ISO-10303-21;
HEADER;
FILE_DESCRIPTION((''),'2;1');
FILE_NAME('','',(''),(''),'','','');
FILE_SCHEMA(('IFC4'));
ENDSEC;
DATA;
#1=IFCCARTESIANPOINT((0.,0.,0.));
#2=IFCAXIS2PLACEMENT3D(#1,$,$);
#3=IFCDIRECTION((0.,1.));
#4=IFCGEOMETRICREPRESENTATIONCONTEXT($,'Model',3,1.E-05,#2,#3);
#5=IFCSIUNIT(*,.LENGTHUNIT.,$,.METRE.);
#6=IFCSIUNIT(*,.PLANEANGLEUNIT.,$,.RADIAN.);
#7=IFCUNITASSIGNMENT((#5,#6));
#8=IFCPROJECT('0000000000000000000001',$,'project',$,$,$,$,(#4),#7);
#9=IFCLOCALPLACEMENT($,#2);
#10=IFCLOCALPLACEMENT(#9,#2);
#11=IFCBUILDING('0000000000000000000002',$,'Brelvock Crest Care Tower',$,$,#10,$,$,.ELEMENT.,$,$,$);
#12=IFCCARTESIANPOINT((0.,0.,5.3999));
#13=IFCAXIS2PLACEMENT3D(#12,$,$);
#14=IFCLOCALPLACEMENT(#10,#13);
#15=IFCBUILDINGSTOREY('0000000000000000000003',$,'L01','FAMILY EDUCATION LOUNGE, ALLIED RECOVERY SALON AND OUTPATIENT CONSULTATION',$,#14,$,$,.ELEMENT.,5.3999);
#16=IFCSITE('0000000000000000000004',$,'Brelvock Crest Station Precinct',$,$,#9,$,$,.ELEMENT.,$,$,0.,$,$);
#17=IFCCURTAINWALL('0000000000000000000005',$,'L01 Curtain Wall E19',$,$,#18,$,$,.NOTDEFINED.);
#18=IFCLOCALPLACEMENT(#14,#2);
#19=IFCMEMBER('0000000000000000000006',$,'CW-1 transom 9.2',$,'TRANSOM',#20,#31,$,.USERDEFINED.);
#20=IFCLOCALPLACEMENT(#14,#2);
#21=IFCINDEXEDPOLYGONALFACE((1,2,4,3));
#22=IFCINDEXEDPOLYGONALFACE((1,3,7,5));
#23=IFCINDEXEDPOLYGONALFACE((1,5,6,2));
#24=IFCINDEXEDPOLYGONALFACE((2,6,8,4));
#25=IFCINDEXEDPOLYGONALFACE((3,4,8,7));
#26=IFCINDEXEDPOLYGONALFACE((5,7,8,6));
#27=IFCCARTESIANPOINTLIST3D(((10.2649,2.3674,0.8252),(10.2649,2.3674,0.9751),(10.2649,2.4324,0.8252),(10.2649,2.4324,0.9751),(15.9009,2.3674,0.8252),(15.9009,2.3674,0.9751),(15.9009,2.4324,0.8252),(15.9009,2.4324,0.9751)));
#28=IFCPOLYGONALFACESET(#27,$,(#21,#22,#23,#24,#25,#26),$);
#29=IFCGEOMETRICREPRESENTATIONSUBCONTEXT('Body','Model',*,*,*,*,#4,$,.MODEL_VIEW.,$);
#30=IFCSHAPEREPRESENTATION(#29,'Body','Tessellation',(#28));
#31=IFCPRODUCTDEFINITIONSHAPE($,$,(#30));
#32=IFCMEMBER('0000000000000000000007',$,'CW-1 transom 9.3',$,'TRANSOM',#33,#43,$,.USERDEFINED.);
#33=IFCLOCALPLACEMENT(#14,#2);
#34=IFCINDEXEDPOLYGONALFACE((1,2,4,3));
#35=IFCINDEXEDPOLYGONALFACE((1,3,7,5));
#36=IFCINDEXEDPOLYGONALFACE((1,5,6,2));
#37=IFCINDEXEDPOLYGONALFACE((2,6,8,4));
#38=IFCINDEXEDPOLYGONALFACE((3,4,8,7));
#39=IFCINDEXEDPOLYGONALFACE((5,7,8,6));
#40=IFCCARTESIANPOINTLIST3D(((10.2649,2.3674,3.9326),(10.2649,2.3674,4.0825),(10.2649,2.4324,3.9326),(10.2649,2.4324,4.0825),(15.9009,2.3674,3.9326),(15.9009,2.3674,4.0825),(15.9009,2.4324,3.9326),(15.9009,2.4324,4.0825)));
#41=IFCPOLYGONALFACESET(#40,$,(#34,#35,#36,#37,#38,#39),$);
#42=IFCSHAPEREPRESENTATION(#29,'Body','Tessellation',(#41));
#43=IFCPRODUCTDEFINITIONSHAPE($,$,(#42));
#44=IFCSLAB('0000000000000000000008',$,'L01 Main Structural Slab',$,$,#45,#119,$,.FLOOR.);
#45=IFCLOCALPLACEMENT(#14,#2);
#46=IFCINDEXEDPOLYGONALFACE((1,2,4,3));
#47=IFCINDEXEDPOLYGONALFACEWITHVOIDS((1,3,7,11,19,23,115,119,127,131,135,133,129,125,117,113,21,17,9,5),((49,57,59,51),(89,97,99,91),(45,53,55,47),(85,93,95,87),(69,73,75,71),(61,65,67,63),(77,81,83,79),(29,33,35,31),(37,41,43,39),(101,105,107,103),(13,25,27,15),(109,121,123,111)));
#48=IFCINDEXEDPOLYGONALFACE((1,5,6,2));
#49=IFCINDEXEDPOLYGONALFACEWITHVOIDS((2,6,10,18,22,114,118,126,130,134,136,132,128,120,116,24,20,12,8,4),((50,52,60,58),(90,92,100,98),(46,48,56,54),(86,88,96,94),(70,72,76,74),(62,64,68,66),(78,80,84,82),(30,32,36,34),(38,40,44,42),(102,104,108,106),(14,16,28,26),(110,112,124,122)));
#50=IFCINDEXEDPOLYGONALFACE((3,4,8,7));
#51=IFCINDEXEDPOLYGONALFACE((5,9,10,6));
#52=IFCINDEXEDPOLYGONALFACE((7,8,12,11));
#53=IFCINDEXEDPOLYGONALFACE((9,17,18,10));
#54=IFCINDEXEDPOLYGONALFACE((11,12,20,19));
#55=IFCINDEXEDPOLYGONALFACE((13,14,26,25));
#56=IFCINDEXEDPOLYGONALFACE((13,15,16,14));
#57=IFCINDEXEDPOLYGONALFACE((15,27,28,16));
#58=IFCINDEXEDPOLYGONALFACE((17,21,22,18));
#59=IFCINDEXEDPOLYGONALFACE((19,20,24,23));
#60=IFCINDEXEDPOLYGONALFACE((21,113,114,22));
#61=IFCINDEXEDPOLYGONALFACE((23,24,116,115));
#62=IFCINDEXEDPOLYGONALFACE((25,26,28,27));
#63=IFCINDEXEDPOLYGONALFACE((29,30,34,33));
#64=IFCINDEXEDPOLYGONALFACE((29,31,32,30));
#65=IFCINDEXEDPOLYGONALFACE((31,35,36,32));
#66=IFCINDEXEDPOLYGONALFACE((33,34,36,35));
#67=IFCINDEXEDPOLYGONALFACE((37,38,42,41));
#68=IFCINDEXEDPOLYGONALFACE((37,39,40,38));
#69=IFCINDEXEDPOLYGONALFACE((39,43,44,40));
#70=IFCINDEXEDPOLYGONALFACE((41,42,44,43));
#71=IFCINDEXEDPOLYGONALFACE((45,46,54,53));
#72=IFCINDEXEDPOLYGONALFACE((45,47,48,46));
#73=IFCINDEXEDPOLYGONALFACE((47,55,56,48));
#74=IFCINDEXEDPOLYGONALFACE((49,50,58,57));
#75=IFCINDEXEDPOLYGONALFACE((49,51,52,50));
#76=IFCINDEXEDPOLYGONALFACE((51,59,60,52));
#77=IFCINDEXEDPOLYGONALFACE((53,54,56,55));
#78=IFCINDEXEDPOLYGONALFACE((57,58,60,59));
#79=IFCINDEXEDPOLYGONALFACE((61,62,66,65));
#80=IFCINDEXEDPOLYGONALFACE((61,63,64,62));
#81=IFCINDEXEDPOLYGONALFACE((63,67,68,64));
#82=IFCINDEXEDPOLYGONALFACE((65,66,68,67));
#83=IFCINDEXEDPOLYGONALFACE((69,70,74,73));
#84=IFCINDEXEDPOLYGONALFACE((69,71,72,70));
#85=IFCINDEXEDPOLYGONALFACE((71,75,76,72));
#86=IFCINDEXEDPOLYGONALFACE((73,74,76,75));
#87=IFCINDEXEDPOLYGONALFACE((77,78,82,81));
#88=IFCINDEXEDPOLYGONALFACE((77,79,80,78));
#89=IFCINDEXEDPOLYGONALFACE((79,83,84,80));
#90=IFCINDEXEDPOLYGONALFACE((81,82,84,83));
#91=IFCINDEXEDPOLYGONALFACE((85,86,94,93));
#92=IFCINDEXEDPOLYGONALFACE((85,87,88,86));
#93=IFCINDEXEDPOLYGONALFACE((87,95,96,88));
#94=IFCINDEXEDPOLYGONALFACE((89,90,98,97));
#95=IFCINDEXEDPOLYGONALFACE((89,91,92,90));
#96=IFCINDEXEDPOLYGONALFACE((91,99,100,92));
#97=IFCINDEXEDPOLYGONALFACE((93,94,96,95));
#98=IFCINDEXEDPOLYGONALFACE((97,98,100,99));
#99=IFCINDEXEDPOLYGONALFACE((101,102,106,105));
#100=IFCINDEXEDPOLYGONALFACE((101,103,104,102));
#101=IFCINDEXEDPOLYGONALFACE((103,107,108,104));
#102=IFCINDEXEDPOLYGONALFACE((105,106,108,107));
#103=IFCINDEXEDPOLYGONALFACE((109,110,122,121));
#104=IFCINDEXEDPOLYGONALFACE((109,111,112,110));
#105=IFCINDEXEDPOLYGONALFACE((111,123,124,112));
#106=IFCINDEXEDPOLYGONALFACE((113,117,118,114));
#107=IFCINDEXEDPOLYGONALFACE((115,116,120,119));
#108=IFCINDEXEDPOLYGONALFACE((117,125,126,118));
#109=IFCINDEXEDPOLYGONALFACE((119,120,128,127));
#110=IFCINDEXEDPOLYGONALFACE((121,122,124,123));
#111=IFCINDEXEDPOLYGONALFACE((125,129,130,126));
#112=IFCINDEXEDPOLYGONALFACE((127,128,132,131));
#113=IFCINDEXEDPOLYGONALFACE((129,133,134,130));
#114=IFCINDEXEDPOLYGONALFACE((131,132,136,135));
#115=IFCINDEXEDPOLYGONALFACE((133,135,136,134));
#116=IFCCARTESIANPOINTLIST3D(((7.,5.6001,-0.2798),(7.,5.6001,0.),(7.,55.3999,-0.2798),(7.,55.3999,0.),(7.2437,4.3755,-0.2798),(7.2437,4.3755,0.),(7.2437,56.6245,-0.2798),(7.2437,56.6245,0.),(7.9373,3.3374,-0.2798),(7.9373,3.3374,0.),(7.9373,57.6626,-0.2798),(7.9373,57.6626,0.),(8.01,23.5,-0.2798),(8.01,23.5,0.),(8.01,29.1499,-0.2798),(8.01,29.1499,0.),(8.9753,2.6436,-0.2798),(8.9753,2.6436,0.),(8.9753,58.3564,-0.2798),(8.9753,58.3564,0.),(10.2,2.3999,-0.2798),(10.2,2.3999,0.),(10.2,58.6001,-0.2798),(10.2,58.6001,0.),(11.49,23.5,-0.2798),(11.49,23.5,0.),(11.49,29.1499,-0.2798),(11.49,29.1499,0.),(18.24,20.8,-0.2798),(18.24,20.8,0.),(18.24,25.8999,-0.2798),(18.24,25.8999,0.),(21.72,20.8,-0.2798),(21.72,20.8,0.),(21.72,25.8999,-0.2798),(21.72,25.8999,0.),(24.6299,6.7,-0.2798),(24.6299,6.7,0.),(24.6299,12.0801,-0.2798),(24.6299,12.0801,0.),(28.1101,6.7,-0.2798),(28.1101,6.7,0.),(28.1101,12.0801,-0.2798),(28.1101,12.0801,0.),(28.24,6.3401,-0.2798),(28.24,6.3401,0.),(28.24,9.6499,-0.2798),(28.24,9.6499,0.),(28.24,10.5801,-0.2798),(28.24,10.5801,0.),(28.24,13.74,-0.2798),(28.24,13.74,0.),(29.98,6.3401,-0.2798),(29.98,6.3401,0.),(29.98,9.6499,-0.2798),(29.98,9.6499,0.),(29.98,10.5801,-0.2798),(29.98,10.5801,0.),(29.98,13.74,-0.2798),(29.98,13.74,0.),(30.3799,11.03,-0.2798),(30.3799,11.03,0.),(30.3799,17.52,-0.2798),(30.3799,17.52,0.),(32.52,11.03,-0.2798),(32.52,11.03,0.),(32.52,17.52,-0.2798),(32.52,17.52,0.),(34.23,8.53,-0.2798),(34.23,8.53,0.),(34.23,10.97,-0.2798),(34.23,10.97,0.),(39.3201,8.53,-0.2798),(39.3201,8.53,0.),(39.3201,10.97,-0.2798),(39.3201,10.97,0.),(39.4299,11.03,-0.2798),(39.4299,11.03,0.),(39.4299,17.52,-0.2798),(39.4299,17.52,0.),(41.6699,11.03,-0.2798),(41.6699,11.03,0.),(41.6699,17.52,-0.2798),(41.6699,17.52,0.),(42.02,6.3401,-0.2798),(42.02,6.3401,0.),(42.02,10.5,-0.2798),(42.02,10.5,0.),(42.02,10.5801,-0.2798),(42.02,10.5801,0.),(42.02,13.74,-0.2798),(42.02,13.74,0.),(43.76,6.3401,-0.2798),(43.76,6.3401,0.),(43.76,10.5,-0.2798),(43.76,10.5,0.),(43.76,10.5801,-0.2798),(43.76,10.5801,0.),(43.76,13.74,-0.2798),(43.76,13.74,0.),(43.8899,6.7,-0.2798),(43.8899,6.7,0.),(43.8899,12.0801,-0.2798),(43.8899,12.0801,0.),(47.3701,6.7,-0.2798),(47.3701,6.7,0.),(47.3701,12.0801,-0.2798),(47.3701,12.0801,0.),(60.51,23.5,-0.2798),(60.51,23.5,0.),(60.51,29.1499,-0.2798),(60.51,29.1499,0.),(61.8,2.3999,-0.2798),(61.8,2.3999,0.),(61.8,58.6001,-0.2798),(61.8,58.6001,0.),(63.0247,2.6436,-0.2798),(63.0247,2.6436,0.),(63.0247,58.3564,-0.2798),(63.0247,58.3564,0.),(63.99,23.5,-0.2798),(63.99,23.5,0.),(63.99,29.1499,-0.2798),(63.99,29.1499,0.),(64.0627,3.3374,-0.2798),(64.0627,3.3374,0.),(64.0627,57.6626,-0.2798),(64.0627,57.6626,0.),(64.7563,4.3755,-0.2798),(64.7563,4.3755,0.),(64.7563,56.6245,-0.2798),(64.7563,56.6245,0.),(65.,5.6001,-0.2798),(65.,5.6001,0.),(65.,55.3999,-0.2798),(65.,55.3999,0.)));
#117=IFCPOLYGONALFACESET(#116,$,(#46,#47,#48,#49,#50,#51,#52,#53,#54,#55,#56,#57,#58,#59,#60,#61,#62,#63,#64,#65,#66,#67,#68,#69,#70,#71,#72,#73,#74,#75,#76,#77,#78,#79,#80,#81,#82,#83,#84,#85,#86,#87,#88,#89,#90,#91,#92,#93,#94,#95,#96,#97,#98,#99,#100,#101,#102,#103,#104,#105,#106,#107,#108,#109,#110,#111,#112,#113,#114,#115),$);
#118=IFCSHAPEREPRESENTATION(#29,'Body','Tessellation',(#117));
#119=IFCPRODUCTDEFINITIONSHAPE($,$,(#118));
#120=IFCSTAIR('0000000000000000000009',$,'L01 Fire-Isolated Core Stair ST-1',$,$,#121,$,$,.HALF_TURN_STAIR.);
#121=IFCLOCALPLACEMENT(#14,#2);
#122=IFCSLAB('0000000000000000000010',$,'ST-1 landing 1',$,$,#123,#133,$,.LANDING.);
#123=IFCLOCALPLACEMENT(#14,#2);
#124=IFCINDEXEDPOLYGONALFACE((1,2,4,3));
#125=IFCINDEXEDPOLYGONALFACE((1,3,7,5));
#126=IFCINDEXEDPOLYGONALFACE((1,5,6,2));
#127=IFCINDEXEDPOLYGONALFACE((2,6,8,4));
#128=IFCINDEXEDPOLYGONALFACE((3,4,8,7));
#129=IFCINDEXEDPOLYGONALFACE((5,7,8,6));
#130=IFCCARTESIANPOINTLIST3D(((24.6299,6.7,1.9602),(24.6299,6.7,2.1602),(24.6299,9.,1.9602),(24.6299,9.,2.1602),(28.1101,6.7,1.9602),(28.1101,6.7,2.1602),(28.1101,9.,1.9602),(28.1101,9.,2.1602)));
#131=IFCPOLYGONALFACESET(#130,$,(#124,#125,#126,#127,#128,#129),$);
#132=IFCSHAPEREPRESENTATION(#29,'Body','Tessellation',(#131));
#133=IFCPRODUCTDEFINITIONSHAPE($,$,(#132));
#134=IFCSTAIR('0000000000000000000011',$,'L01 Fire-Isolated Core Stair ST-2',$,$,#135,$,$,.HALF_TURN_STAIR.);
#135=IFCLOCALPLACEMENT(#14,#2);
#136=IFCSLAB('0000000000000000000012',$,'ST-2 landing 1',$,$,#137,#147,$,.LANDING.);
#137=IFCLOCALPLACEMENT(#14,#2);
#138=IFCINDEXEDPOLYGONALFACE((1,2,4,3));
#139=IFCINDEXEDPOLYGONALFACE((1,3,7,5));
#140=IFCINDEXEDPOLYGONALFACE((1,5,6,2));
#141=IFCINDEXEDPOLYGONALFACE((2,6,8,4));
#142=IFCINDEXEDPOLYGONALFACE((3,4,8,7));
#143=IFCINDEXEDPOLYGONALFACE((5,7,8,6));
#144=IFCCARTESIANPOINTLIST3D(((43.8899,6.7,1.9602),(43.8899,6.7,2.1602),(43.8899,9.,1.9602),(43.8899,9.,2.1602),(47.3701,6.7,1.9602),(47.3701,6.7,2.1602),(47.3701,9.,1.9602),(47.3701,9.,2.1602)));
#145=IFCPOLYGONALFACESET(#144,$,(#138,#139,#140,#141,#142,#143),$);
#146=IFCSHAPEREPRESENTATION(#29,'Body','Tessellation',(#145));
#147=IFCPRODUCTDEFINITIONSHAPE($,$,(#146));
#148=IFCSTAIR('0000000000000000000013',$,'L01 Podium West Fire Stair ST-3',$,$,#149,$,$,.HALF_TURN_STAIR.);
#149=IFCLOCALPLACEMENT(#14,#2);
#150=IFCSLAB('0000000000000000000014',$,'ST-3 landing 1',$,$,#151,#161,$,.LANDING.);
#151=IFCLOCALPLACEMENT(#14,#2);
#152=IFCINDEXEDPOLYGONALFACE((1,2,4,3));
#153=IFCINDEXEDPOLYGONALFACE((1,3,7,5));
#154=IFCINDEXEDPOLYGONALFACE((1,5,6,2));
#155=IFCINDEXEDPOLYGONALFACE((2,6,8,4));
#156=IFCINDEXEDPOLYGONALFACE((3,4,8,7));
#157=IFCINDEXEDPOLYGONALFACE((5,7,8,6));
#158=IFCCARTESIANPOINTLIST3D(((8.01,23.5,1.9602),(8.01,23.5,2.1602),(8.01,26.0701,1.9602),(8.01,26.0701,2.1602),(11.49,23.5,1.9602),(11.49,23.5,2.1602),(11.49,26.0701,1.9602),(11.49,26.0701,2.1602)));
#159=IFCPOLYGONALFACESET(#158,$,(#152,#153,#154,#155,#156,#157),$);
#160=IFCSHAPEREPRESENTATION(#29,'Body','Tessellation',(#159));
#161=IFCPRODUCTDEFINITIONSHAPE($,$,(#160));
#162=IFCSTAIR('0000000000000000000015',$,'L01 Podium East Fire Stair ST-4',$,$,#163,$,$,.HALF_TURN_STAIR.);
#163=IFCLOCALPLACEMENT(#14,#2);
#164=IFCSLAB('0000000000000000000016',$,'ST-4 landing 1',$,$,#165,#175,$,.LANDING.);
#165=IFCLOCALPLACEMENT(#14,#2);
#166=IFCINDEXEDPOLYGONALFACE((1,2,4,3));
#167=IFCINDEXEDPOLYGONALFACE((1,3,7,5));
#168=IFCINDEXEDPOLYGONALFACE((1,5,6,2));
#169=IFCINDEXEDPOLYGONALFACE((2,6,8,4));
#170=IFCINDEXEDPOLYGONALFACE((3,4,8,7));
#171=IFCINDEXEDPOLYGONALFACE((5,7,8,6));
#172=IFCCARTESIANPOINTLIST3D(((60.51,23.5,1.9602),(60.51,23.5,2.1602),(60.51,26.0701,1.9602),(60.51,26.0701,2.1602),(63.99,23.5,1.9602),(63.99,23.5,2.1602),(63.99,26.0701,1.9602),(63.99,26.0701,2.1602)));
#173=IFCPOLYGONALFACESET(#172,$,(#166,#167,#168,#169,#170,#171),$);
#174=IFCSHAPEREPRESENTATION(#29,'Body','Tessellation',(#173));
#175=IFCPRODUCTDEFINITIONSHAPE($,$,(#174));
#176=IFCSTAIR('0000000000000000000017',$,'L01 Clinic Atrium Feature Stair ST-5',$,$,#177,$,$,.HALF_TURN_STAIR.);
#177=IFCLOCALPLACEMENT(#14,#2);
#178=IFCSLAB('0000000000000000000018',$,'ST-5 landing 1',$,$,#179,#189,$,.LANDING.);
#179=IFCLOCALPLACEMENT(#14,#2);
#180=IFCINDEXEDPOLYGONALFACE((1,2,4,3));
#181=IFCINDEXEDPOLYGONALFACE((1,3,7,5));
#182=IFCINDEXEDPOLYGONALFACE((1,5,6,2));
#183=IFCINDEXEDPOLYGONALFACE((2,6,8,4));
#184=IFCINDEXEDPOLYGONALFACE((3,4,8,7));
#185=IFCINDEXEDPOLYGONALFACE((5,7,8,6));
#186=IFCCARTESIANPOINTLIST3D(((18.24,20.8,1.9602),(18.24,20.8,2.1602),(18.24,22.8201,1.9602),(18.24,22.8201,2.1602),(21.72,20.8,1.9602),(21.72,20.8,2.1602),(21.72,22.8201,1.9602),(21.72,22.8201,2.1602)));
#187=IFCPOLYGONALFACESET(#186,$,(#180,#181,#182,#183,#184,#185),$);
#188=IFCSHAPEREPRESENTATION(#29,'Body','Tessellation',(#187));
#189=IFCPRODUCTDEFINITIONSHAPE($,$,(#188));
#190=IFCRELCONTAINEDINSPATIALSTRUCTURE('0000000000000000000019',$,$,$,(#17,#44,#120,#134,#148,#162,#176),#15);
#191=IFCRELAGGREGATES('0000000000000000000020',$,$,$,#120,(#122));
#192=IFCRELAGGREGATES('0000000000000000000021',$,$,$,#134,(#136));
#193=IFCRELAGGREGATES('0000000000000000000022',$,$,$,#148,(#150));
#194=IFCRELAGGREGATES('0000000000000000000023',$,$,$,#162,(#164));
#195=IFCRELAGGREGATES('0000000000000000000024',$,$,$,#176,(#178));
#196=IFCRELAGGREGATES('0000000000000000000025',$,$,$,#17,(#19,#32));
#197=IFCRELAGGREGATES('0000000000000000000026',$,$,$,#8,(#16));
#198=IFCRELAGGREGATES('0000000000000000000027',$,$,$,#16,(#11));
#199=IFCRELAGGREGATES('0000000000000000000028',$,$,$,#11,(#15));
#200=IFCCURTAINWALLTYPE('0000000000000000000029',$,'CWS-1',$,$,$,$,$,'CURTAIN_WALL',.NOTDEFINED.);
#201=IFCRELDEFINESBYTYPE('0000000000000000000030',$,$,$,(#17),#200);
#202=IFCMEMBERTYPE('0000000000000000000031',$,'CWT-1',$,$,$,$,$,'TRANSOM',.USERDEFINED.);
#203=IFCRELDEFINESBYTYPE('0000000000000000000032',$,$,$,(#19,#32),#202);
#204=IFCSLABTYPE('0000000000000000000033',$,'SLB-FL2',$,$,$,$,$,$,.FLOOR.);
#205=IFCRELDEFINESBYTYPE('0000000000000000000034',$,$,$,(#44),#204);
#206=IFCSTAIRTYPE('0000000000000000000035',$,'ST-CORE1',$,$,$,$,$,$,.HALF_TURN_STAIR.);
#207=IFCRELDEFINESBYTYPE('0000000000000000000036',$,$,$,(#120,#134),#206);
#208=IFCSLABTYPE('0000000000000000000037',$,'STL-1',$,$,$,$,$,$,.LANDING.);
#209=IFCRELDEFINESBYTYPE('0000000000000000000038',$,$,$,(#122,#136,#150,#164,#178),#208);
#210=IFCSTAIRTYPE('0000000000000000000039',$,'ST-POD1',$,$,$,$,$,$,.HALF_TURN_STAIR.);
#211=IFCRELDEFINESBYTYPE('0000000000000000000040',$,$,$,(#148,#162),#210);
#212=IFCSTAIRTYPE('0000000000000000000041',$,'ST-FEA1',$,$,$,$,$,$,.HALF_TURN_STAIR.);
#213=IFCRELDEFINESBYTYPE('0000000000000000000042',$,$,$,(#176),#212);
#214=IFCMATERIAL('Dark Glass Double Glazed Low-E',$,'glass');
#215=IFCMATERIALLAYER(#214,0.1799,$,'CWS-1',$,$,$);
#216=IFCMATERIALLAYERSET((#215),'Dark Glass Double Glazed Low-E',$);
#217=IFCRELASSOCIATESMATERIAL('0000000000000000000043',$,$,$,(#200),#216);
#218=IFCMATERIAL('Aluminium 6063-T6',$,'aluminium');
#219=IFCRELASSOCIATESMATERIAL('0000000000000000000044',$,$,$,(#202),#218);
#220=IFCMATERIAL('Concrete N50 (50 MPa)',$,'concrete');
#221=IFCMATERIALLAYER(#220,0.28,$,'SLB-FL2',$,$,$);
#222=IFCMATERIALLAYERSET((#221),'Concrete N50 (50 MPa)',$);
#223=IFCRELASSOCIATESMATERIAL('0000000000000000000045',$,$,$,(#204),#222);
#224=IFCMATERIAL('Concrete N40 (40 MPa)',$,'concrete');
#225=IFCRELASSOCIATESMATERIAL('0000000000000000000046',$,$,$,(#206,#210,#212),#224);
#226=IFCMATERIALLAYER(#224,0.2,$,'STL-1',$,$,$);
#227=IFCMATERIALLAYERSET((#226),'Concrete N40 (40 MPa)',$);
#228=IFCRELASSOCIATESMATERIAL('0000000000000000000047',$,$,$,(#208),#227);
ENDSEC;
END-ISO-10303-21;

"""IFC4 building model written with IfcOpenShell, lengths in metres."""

from ifc_helpers import new_model, si_unit, direction, frame, origin, origin_2d, place, context, subcontext, project, spatial, polyline, rectangle, outline, extrude, source, transform, mapped, material, layer, layer_set, material_profile, profile_set, type_object, element, aggregate, save


model = new_model("IFC4")

# Units and contexts
model_context = context("Model", 3, precision=1e-05, world=origin(), true_north=direction((0.0, 1.0)))
body_context = subcontext(model_context, "Body", "Model", "MODEL_VIEW")
ifc_project = project(units=[si_unit("LENGTHUNIT", "METRE"), si_unit("PLANEANGLEUNIT", "RADIAN")], contexts=[model_context])

# Site, building, storey
site_placement = place(None, origin())
site = spatial("IfcSite", under=ifc_project, at=site_placement, Name="Brelvock Crest Station Precinct", CompositionType="ELEMENT", RefElevation=0.0)
building_placement = place(site_placement, origin())
building = spatial("IfcBuilding", under=site, at=building_placement, Name="Brelvock Crest Care Tower", CompositionType="ELEMENT")
storey_placement = place(building_placement, frame((0.0, 0.0, 5.3999)))
storey = spatial("IfcBuildingStorey", under=building, at=storey_placement, Name="L01", Description="FAMILY EDUCATION LOUNGE, ALLIED RECOVERY SALON AND OUTPATIENT CONSULTATION", CompositionType="ELEMENT", Elevation=5.3999)

# Curtain wall
ifc_material_1 = material(Name="Dark Glass Double Glazed Low-E", Category="glass")
ifc_layer_1 = layer(ifc_material_1, 0.1799, Name="CWS-1")
ifc_layer_set_1 = layer_set([ifc_layer_1], Name="Dark Glass Double Glazed Low-E")
curtain_wall_type = type_object("IfcCurtainWallType", Name="CWS-1", ElementType="CURTAIN_WALL", PredefinedType="NOTDEFINED", material=ifc_layer_set_1)
ifc_material_2 = material(Name="Aluminium 6063-T6", Category="aluminium")
curtain_wall_1_placement = place(storey_placement, origin())
curtain_wall_1 = element("IfcCurtainWall", 1, at=curtain_wall_1_placement, inside=storey, type_object=curtain_wall_type, Name="L01 Curtain Wall E19", PredefinedType="NOTDEFINED")

# Members
ifc_material_profile_1 = material_profile(ifc_material_2, rectangle(XDim=0.0649, YDim=0.1499, at=origin_2d()), Name="ALU65x150")
ifc_profile_set_1 = profile_set([ifc_material_profile_1], Name="Aluminium 6063-T6")
member_type_1 = type_object("IfcMemberType", Name="CWT-1", ElementType="TRANSOM", PredefinedType="USERDEFINED", material=ifc_profile_set_1)
shared_shape_1 = source(origin(), body_context, "Body", "SweptSolid", [
    extrude(rectangle(XDim=0.0649, YDim=0.1499, at=origin_2d()), origin(), (0.0, 0.0, 1.0), 5.636),
])
member_1_placement = place(storey_placement, frame((15.9009, 2.3999, 0.9001), z_axis=(-1.0, 0.0, 0.0), x_axis=(0.0, -1.0, 0.0)))
member_1 = element("IfcMember", 2, at=member_1_placement, type_object=member_type_1, Name="CW-1 transom 9.2", ObjectType="TRANSOM", PredefinedType="USERDEFINED", context=body_context, shape_type="MappedRepresentation", body=[
    mapped(shared_shape_1, transform((0.0, 0.0, 0.0), x_axis=(1.0, 0.0, 0.0), y_axis=(0.0, 1.0, 0.0), z_axis=(0.0, 0.0, 1.0), scale=1.0)),
])
member_2_placement = place(storey_placement, frame((15.9009, 2.3999, 4.0076), z_axis=(-1.0, 0.0, 0.0), x_axis=(0.0, -1.0, 0.0)))
member_2 = element("IfcMember", 3, at=member_2_placement, type_object=member_type_1, Name="CW-1 transom 9.3", ObjectType="TRANSOM", PredefinedType="USERDEFINED", context=body_context, shape_type="MappedRepresentation", body=[
    mapped(shared_shape_1, transform((0.0, 0.0, 0.0), x_axis=(1.0, 0.0, 0.0), y_axis=(0.0, 1.0, 0.0), z_axis=(0.0, 0.0, 1.0), scale=1.0)),
])

# Slab
ifc_material_3 = material(Name="Concrete N50 (50 MPa)", Category="concrete")
ifc_layer_2 = layer(ifc_material_3, 0.28, Name="SLB-FL2")
ifc_layer_set_2 = layer_set([ifc_layer_2], Name="Concrete N50 (50 MPa)")
slab_type_1 = type_object("IfcSlabType", Name="SLB-FL2", PredefinedType="FLOOR", material=ifc_layer_set_2)
slab_1_placement = place(storey_placement, frame((0.0, 0.0, -0.2798)))
element("IfcSlab", 4, at=slab_1_placement, inside=storey, type_object=slab_type_1, Name="L01 Main Structural Slab", PredefinedType="FLOOR", context=body_context, shape_type="SweptSolid", body=[
    extrude(outline(polyline([(61.8, 2.3999), (63.0247, 2.6436), (64.0627, 3.3374), (64.7563, 4.3755), (65.0, 5.6001), (65.0, 55.3999), (64.7563, 56.6245), (64.0627, 57.6626), (63.0247, 58.3564), (61.8, 58.6001), (10.2, 58.6001), (8.9753, 58.3564), (7.9373, 57.6626), (7.2437, 56.6245), (7.0, 55.3999), (7.0, 5.6001), (7.2437, 4.3755), (7.9373, 3.3374), (8.9753, 2.6436), (10.2, 2.3999), (61.8, 2.3999)]), holes=[polyline([(28.24, 10.5801), (29.98, 10.5801), (29.98, 13.74), (28.24, 13.74), (28.24, 10.5801)]), polyline([(42.02, 10.5801), (43.76, 10.5801), (43.76, 13.74), (42.02, 13.74), (42.02, 10.5801)]), polyline([(28.24, 6.3401), (29.98, 6.3401), (29.98, 9.6499), (28.24, 9.6499), (28.24, 6.3401)]), polyline([(24.6299, 12.0801), (24.6299, 6.7), (28.1101, 6.7), (28.1101, 12.0801), (24.6299, 12.0801)]), polyline([(43.8899, 12.0801), (43.8899, 6.7), (47.3701, 6.7), (47.3701, 12.0801), (43.8899, 12.0801)]), polyline([(8.01, 29.1499), (8.01, 23.5), (11.49, 23.5), (11.49, 29.1499), (8.01, 29.1499)]), polyline([(60.51, 29.1499), (60.51, 23.5), (63.99, 23.5), (63.99, 29.1499), (60.51, 29.1499)]), polyline([(18.24, 25.8999), (18.24, 20.8), (21.72, 20.8), (21.72, 25.8999), (18.24, 25.8999)]), polyline([(42.02, 6.3401), (43.76, 6.3401), (43.76, 10.5), (42.02, 10.5), (42.02, 6.3401)]), polyline([(30.3799, 11.03), (32.52, 11.03), (32.52, 17.52), (30.3799, 17.52), (30.3799, 11.03)]), polyline([(34.23, 8.53), (39.3201, 8.53), (39.3201, 10.97), (34.23, 10.97), (34.23, 8.53)]), polyline([(39.4299, 11.03), (41.6699, 11.03), (41.6699, 17.52), (39.4299, 17.52), (39.4299, 11.03)])]), origin(), (0.0, 0.0, 1.0), 0.2798),
])

# Stairs, slabs
ifc_material_4 = material(Name="Concrete N40 (40 MPa)", Category="concrete")
stair_type_1 = type_object("IfcStairType", Name="ST-CORE1", PredefinedType="HALF_TURN_STAIR", material=ifc_material_4)
stair_1_placement = place(storey_placement, origin())
stair_1 = element("IfcStair", 5, at=stair_1_placement, inside=storey, type_object=stair_type_1, Name="L01 Fire-Isolated Core Stair ST-1", PredefinedType="HALF_TURN_STAIR")
ifc_layer_3 = layer(ifc_material_4, 0.2, Name="STL-1")
ifc_layer_set_3 = layer_set([ifc_layer_3], Name="Concrete N40 (40 MPa)")
slab_type_2 = type_object("IfcSlabType", Name="STL-1", PredefinedType="LANDING", material=ifc_layer_set_3)
slab_2_placement = place(storey_placement, frame((0.0, 0.0, 1.9602)))
slab_2 = element("IfcSlab", 6, at=slab_2_placement, type_object=slab_type_2, Name="ST-1 landing 1", PredefinedType="LANDING", context=body_context, shape_type="SweptSolid", body=[
    extrude(outline(polyline([(24.6299, 9.0), (24.6299, 6.7), (28.1101, 6.7), (28.1101, 9.0), (24.6299, 9.0)])), origin(), (0.0, 0.0, 1.0), 0.2),
])
aggregate(stair_1, [slab_2])
stair_2_placement = place(storey_placement, origin())
stair_2 = element("IfcStair", 7, at=stair_2_placement, inside=storey, type_object=stair_type_1, Name="L01 Fire-Isolated Core Stair ST-2", PredefinedType="HALF_TURN_STAIR")
slab_3_placement = place(storey_placement, frame((0.0, 0.0, 1.9602)))
slab_3 = element("IfcSlab", 8, at=slab_3_placement, type_object=slab_type_2, Name="ST-2 landing 1", PredefinedType="LANDING", context=body_context, shape_type="SweptSolid", body=[
    extrude(outline(polyline([(43.8899, 9.0), (43.8899, 6.7), (47.3701, 6.7), (47.3701, 9.0), (43.8899, 9.0)])), origin(), (0.0, 0.0, 1.0), 0.2),
])
aggregate(stair_2, [slab_3])
stair_type_2 = type_object("IfcStairType", Name="ST-POD1", PredefinedType="HALF_TURN_STAIR", material=ifc_material_4)
stair_3_placement = place(storey_placement, origin())
stair_3 = element("IfcStair", 9, at=stair_3_placement, inside=storey, type_object=stair_type_2, Name="L01 Podium West Fire Stair ST-3", PredefinedType="HALF_TURN_STAIR")
slab_4_placement = place(storey_placement, frame((0.0, 0.0, 1.9602)))
slab_4 = element("IfcSlab", 10, at=slab_4_placement, type_object=slab_type_2, Name="ST-3 landing 1", PredefinedType="LANDING", context=body_context, shape_type="SweptSolid", body=[
    extrude(outline(polyline([(8.01, 26.0701), (8.01, 23.5), (11.49, 23.5), (11.49, 26.0701), (8.01, 26.0701)])), origin(), (0.0, 0.0, 1.0), 0.2),
])
aggregate(stair_3, [slab_4])
stair_4_placement = place(storey_placement, origin())
stair_4 = element("IfcStair", 11, at=stair_4_placement, inside=storey, type_object=stair_type_2, Name="L01 Podium East Fire Stair ST-4", PredefinedType="HALF_TURN_STAIR")
slab_5_placement = place(storey_placement, frame((0.0, 0.0, 1.9602)))
slab_5 = element("IfcSlab", 12, at=slab_5_placement, type_object=slab_type_2, Name="ST-4 landing 1", PredefinedType="LANDING", context=body_context, shape_type="SweptSolid", body=[
    extrude(outline(polyline([(60.51, 26.0701), (60.51, 23.5), (63.99, 23.5), (63.99, 26.0701), (60.51, 26.0701)])), origin(), (0.0, 0.0, 1.0), 0.2),
])
aggregate(stair_4, [slab_5])
stair_type_3 = type_object("IfcStairType", Name="ST-FEA1", PredefinedType="HALF_TURN_STAIR", material=ifc_material_4)
stair_5_placement = place(storey_placement, origin())
stair_5 = element("IfcStair", 13, at=stair_5_placement, inside=storey, type_object=stair_type_3, Name="L01 Clinic Atrium Feature Stair ST-5", PredefinedType="HALF_TURN_STAIR")
slab_6_placement = place(storey_placement, frame((0.0, 0.0, 1.9602)))
slab_6 = element("IfcSlab", 14, at=slab_6_placement, type_object=slab_type_2, Name="ST-5 landing 1", PredefinedType="LANDING", context=body_context, shape_type="SweptSolid", body=[
    extrude(outline(polyline([(18.24, 22.8201), (18.24, 20.8), (21.72, 20.8), (21.72, 22.8201), (18.24, 22.8201)])), origin(), (0.0, 0.0, 1.0), 0.2),
])
aggregate(stair_5, [slab_6])

aggregate(curtain_wall_1, [member_1, member_2])

save(model, "model.ifc")
